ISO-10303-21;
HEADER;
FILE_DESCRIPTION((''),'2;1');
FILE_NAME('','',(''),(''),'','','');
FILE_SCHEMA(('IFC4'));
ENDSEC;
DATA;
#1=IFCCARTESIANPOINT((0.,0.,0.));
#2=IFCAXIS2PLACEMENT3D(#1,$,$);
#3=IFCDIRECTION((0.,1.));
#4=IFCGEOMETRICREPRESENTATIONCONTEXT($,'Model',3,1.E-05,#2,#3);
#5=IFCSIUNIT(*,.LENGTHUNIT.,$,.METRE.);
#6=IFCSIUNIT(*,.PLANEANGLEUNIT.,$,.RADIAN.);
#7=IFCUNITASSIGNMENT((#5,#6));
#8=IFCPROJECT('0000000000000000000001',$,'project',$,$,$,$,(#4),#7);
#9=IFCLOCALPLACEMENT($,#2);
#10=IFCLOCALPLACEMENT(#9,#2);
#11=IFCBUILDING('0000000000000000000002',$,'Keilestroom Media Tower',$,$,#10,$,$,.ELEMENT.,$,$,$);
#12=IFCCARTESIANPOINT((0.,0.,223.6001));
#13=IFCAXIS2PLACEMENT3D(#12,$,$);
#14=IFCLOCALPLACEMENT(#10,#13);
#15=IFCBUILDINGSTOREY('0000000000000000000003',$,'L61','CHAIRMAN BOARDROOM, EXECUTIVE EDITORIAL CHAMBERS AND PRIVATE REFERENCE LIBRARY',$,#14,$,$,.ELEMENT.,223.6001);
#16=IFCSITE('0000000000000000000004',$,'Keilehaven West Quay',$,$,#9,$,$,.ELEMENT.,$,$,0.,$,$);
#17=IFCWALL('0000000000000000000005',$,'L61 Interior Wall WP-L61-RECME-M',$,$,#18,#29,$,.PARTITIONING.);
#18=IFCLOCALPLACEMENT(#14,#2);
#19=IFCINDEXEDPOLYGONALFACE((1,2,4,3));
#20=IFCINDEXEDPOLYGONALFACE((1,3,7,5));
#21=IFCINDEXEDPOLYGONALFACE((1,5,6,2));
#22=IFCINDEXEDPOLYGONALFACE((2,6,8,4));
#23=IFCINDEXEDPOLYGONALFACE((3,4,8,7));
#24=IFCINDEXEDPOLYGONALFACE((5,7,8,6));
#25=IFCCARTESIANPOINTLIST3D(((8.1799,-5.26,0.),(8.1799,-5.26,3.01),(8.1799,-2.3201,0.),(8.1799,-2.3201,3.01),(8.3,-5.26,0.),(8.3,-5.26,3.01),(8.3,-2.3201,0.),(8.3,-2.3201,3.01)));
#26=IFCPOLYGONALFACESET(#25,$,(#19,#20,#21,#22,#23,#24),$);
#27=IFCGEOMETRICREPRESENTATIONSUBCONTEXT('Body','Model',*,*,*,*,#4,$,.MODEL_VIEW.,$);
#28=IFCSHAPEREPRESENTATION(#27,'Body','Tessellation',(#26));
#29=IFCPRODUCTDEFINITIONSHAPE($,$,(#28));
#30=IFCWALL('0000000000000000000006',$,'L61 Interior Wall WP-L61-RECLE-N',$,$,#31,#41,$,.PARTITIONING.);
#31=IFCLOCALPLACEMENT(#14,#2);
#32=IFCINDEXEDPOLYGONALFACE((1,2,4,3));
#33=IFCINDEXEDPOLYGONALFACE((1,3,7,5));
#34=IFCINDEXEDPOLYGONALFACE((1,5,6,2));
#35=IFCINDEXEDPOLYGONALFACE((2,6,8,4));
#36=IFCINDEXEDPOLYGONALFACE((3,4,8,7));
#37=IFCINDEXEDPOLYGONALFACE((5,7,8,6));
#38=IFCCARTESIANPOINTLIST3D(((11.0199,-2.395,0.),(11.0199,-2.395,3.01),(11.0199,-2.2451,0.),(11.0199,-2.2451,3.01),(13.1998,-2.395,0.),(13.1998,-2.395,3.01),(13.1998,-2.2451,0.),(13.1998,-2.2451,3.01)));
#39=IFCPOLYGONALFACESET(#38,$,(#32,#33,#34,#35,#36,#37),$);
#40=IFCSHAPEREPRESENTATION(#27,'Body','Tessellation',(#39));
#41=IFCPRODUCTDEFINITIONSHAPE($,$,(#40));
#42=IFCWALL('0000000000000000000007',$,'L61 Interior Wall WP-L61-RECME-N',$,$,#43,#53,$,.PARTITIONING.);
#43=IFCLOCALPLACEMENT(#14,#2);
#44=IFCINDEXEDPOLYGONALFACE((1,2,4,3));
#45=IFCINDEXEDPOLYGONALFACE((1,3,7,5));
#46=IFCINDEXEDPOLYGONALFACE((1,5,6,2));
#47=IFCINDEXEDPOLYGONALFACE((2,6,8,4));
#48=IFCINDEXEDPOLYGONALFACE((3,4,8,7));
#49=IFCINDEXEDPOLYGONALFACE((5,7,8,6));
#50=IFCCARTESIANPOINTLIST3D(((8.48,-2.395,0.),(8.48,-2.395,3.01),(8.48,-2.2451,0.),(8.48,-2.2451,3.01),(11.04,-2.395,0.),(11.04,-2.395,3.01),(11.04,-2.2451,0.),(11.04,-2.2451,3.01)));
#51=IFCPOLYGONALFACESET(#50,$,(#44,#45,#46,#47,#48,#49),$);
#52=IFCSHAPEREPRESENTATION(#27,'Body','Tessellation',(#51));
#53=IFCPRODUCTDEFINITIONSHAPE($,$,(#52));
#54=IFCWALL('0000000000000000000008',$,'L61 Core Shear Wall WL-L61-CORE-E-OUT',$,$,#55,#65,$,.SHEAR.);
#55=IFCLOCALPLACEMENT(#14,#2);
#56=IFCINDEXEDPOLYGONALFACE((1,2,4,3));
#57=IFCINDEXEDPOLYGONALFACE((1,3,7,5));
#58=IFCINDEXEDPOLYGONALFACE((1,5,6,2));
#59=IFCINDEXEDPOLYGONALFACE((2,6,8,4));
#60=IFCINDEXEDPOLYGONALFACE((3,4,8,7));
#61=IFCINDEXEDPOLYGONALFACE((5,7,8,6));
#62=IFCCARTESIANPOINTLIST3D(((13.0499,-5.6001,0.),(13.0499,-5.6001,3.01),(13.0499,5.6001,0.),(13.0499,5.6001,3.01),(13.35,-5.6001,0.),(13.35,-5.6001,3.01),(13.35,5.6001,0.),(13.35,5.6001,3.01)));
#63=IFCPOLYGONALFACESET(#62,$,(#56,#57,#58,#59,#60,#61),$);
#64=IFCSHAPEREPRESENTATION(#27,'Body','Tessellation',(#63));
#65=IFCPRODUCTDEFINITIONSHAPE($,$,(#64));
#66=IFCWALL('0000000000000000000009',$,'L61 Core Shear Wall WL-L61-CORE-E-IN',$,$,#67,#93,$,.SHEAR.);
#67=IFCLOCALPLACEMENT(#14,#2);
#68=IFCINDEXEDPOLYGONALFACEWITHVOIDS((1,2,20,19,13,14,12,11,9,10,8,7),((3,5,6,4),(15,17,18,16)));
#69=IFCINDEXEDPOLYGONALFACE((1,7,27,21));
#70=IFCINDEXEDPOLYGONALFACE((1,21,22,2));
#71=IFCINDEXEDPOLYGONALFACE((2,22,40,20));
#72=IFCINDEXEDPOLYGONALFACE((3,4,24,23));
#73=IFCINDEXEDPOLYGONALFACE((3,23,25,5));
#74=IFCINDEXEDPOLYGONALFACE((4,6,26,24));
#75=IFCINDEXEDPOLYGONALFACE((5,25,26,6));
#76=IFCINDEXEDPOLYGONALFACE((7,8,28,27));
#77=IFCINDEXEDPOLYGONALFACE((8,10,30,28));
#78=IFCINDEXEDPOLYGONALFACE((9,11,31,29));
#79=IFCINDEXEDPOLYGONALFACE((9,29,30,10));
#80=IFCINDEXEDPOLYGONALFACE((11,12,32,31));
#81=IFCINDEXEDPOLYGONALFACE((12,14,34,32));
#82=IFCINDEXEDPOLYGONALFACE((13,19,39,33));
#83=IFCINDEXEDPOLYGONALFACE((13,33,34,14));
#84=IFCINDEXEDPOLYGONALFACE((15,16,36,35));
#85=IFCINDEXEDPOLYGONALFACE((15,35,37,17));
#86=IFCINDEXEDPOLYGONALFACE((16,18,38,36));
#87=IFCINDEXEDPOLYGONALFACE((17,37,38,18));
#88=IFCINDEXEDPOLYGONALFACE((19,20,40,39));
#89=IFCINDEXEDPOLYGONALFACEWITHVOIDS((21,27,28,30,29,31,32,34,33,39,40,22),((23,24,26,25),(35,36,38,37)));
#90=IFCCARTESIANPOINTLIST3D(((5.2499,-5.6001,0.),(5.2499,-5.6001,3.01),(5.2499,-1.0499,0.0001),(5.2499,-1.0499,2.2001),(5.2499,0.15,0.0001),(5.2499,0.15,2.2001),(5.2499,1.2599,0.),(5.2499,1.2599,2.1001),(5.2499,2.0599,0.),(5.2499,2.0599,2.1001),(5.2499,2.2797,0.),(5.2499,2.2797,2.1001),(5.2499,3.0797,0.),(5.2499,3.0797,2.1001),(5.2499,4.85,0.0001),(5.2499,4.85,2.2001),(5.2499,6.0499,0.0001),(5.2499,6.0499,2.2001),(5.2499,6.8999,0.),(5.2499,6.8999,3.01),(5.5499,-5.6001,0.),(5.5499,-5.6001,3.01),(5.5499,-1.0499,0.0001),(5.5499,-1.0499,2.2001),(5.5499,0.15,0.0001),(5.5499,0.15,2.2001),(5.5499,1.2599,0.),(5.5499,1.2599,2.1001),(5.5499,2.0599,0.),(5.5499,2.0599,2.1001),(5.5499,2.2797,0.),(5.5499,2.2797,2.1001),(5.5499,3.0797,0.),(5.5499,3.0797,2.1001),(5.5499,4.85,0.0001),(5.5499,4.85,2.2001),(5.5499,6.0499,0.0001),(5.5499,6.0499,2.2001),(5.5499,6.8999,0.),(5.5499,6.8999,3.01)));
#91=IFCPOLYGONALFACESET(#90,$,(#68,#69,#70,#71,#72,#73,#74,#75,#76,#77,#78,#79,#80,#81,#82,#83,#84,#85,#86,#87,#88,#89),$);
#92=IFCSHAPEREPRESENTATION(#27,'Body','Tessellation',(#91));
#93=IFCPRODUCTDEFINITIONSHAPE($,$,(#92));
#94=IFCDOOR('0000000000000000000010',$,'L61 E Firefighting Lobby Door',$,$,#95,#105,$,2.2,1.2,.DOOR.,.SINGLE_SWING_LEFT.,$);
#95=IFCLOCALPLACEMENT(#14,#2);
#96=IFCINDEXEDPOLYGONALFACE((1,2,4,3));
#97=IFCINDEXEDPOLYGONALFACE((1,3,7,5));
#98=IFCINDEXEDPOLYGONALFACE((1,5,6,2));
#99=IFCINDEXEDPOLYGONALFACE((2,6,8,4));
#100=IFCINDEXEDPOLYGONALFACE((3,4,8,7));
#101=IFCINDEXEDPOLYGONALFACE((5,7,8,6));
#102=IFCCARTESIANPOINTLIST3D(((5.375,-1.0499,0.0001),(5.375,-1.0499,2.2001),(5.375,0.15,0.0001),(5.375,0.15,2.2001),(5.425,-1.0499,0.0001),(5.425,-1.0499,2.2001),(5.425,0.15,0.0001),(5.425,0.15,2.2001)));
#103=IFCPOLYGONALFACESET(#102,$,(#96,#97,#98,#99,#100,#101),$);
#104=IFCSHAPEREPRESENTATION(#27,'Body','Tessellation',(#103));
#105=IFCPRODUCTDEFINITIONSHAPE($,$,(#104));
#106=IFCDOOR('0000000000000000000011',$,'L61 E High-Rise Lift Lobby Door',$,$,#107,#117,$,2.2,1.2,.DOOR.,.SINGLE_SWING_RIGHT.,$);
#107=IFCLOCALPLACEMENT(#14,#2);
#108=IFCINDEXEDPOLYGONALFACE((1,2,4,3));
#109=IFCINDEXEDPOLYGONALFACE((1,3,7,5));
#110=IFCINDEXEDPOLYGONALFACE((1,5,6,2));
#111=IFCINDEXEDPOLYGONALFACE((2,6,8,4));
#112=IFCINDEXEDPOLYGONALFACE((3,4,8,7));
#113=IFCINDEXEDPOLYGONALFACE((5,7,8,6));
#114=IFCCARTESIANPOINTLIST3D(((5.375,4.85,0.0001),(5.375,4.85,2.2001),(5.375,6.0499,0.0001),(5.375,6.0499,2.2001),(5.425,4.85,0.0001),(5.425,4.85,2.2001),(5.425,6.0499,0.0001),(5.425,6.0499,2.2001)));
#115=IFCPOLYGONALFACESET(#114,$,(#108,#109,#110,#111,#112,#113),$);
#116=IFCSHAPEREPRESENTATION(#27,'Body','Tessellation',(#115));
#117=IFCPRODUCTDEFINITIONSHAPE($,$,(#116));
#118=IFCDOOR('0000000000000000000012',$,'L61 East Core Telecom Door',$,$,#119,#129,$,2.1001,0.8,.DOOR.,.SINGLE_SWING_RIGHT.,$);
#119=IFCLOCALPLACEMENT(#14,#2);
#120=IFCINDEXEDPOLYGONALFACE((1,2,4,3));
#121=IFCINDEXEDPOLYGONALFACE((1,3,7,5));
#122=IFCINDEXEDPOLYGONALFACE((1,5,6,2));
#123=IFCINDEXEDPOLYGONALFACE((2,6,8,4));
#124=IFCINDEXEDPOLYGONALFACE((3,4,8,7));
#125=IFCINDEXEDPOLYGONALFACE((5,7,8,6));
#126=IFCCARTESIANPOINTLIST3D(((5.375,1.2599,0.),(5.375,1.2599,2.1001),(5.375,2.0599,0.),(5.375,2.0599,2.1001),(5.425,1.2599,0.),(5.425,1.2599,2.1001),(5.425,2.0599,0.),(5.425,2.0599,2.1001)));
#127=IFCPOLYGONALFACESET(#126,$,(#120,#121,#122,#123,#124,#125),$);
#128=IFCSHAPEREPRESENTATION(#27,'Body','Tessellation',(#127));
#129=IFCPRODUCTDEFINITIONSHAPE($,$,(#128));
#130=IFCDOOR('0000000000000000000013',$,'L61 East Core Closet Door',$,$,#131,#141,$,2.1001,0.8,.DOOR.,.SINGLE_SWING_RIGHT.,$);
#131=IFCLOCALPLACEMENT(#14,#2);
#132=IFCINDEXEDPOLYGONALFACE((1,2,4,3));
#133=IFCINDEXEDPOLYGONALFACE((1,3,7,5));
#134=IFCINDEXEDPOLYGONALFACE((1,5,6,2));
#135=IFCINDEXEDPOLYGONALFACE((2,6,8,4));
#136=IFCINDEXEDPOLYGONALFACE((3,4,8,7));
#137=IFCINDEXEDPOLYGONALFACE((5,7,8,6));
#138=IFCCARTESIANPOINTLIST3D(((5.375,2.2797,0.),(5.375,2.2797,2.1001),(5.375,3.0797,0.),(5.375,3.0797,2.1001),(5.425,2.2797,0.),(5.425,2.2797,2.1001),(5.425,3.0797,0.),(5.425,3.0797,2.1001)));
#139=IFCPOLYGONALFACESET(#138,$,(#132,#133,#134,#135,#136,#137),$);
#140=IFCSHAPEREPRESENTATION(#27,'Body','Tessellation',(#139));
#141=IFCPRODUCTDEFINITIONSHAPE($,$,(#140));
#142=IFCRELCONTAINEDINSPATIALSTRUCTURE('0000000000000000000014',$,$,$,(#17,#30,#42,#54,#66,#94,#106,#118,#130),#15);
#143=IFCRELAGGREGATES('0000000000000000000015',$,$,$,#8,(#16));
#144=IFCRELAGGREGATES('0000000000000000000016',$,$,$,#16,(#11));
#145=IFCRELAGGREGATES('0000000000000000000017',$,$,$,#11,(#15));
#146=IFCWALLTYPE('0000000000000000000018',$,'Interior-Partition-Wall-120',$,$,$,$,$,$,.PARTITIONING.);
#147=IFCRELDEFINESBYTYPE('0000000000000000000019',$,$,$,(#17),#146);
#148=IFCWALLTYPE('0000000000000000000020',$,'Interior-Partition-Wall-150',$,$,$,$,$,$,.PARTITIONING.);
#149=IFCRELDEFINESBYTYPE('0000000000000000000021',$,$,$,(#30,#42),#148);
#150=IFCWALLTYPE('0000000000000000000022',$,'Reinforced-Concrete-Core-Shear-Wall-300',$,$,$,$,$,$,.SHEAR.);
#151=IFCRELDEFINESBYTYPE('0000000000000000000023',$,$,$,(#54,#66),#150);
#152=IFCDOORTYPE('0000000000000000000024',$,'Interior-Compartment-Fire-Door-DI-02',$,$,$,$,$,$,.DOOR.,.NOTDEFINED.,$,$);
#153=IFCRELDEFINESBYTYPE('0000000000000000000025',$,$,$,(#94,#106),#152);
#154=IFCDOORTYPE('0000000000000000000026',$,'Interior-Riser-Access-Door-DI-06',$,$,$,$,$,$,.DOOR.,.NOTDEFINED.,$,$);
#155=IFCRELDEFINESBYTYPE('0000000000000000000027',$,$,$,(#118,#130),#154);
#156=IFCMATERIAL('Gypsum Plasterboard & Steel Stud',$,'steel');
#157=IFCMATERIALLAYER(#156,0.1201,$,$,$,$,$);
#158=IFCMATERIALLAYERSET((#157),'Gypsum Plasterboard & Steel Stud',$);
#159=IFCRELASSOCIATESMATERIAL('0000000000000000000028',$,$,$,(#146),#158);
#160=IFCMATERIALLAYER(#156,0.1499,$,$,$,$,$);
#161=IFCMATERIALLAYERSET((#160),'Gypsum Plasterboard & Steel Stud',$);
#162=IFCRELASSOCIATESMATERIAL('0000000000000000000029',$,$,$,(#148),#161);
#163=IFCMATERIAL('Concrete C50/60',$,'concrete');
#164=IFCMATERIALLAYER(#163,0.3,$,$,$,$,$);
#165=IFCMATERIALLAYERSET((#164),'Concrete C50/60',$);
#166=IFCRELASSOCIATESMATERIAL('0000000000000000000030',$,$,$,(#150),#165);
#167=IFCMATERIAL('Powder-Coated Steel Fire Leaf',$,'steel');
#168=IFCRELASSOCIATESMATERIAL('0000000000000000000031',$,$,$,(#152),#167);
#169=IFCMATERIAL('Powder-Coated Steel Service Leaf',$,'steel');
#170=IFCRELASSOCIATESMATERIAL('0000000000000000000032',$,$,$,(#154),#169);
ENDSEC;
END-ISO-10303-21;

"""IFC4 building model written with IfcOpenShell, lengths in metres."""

from ifc_helpers import new_model, si_unit, direction, frame, frame_2d, origin, place, context, subcontext, project, spatial, rectangle, extrude, source, transform, mapped, material, layer, layer_set, type_object, element, fill, save


model = new_model("IFC4")

# Units and contexts
model_context = context("Model", 3, precision=1e-05, world=origin(), true_north=direction((0.0, 1.0)))
body_context = subcontext(model_context, "Body", "Model", "MODEL_VIEW")
ifc_project = project(units=[si_unit("LENGTHUNIT", "METRE"), si_unit("PLANEANGLEUNIT", "RADIAN")], contexts=[model_context])

# Site, building, storey
site_placement = place(None, origin())
site = spatial("IfcSite", under=ifc_project, at=site_placement, Name="Keilehaven West Quay", CompositionType="ELEMENT", RefElevation=0.0)
building_placement = place(site_placement, origin())
building = spatial("IfcBuilding", under=site, at=building_placement, Name="Keilestroom Media Tower", CompositionType="ELEMENT")
storey_placement = place(building_placement, frame((0.0, 0.0, 223.6001)))
storey = spatial("IfcBuildingStorey", under=building, at=storey_placement, Name="L61", Description="CHAIRMAN BOARDROOM, EXECUTIVE EDITORIAL CHAMBERS AND PRIVATE REFERENCE LIBRARY", CompositionType="ELEMENT", Elevation=223.6001)

# Shared definitions
ifc_material_1 = material(Name="Concrete C50/60", Category="concrete")

# Walls
ifc_material_2 = material(Name="Gypsum Plasterboard & Steel Stud", Category="steel")
ifc_layer_1 = layer(ifc_material_2, 0.1201)
ifc_layer_set_1 = layer_set([ifc_layer_1], Name="Gypsum Plasterboard & Steel Stud")
wall_type_1 = type_object("IfcWallType", Name="Interior-Partition-Wall-120", PredefinedType="PARTITIONING", material=ifc_layer_set_1)
wall_1_placement = place(storey_placement, frame((8.24, -5.26, 0.0), z_axis=(0.0, 0.0, 1.0), x_axis=(0.0, 1.0, 0.0)))
element("IfcWall", 1, at=wall_1_placement, inside=storey, type_object=wall_type_1, Name="L61 Interior Wall WP-L61-RECME-M", PredefinedType="PARTITIONING", context=body_context, shape_type="SweptSolid", body=[
    extrude(rectangle(XDim=2.9399, YDim=0.1201, at=frame_2d((1.47, 0.0))), origin(), (0.0, 0.0, 1.0), 3.01),
])
ifc_layer_2 = layer(ifc_material_2, 0.1499)
ifc_layer_set_2 = layer_set([ifc_layer_2], Name="Gypsum Plasterboard & Steel Stud")
wall_type_2 = type_object("IfcWallType", Name="Interior-Partition-Wall-150", PredefinedType="PARTITIONING", material=ifc_layer_set_2)
wall_2_placement = place(storey_placement, frame((11.02, -2.3201, 0.0), z_axis=(0.0, 0.0, 1.0), x_axis=(1.0, 0.0, 0.0)))
element("IfcWall", 2, at=wall_2_placement, inside=storey, type_object=wall_type_2, Name="L61 Interior Wall WP-L61-RECLE-N", PredefinedType="PARTITIONING", context=body_context, shape_type="SweptSolid", body=[
    extrude(rectangle(XDim=2.1799, YDim=0.1499, at=frame_2d((1.0898, 0.0))), origin(), (0.0, 0.0, 1.0), 3.01),
])
wall_3_placement = place(storey_placement, frame((8.48, -2.3201, 0.0), z_axis=(0.0, 0.0, 1.0), x_axis=(1.0, 0.0, 0.0)))
element("IfcWall", 3, at=wall_3_placement, inside=storey, type_object=wall_type_2, Name="L61 Interior Wall WP-L61-RECME-N", PredefinedType="PARTITIONING", context=body_context, shape_type="SweptSolid", body=[
    extrude(rectangle(XDim=2.5601, YDim=0.1499, at=frame_2d((1.28, 0.0))), origin(), (0.0, 0.0, 1.0), 3.01),
])
ifc_layer_3 = layer(ifc_material_1, 0.3)
ifc_layer_set_3 = layer_set([ifc_layer_3], Name="Concrete C50/60")
wall_type_3 = type_object("IfcWallType", Name="Reinforced-Concrete-Core-Shear-Wall-300", PredefinedType="SHEAR", material=ifc_layer_set_3)
wall_4_placement = place(storey_placement, frame((13.2, -5.6001, 0.0), z_axis=(0.0, 0.0, 1.0), x_axis=(0.0, 1.0, 0.0)))
element("IfcWall", 4, at=wall_4_placement, inside=storey, type_object=wall_type_3, Name="L61 Core Shear Wall WL-L61-CORE-E-OUT", PredefinedType="SHEAR", context=body_context, shape_type="SweptSolid", body=[
    extrude(rectangle(XDim=11.2002, YDim=0.3, at=frame_2d((5.6001, 0.0))), origin(), (0.0, 0.0, 1.0), 3.01),
])

# Wall, openings, doors
wall_5_placement = place(storey_placement, frame((5.3999, -5.6001, 0.0), z_axis=(0.0, 0.0, 1.0), x_axis=(0.0, 1.0, 0.0)))
wall_5 = element("IfcWall", 5, at=wall_5_placement, inside=storey, type_object=wall_type_3, Name="L61 Core Shear Wall WL-L61-CORE-E-IN", PredefinedType="SHEAR", context=body_context, shape_type="SweptSolid", body=[
    extrude(rectangle(XDim=12.5, YDim=0.3, at=frame_2d((6.25, 0.0))), origin(), (0.0, 0.0, 1.0), 3.01),
])
opening_1_placement = place(wall_5_placement, frame((4.55, 0.0, 0.0)))
opening_1 = element("IfcOpeningElement", 6, at=opening_1_placement, cuts=wall_5, PredefinedType="OPENING", context=body_context, shape_type="SweptSolid", body=[
    extrude(rectangle(XDim=1.2, YDim=2.2, at=frame_2d((0.6001, 1.1001))), frame((0.0, 0.1602, 0.0), z_axis=(0.0, -1.0, 0.0), x_axis=(1.0, 0.0, 0.0)), (0.0, 0.0, 1.0), 0.3201),
])
opening_2_placement = place(wall_5_placement, frame((10.45, 0.0, 0.0)))
opening_2 = element("IfcOpeningElement", 7, at=opening_2_placement, cuts=wall_5, PredefinedType="OPENING", context=body_context, shape_type="SweptSolid", body=[
    extrude(rectangle(XDim=1.2, YDim=2.2, at=frame_2d((0.6001, 1.1001))), frame((0.0, 0.1602, 0.0), z_axis=(0.0, -1.0, 0.0), x_axis=(1.0, 0.0, 0.0)), (0.0, 0.0, 1.0), 0.3201),
])
opening_3_placement = place(wall_5_placement, frame((6.8601, 0.0, 0.0)))
opening_3 = element("IfcOpeningElement", 8, at=opening_3_placement, cuts=wall_5, PredefinedType="OPENING", context=body_context, shape_type="SweptSolid", body=[
    extrude(rectangle(XDim=0.8, YDim=2.1001, at=frame_2d((0.3999, 1.05))), frame((0.0, 0.1602, 0.0), z_axis=(0.0, -1.0, 0.0), x_axis=(1.0, 0.0, 0.0)), (0.0, 0.0, 1.0), 0.3201),
])
opening_4_placement = place(wall_5_placement, frame((7.8799, 0.0, 0.0)))
opening_4 = element("IfcOpeningElement", 9, at=opening_4_placement, cuts=wall_5, PredefinedType="OPENING", context=body_context, shape_type="SweptSolid", body=[
    extrude(rectangle(XDim=0.8, YDim=2.1001, at=frame_2d((0.3999, 1.05))), frame((0.0, 0.1602, 0.0), z_axis=(0.0, -1.0, 0.0), x_axis=(1.0, 0.0, 0.0)), (0.0, 0.0, 1.0), 0.3201),
])
ifc_material_3 = material(Name="Powder-Coated Steel Fire Leaf", Category="steel")
door_type_1 = type_object("IfcDoorType", Name="Interior-Compartment-Fire-Door-DI-02", OperationType="NOTDEFINED", PredefinedType="DOOR", material=ifc_material_3)
shared_shape_1 = source(origin(), body_context, "Body", "SweptSolid", [
    extrude(rectangle(XDim=1.2, YDim=2.2, at=frame_2d((0.6001, 1.1001))), frame((0.0, 0.0249, 0.0), z_axis=(0.0, -1.0, 0.0), x_axis=(1.0, 0.0, 0.0)), (0.0, 0.0, 1.0), 0.05),
])
door_1_placement = place(opening_1_placement, origin())
door_1 = element("IfcDoor", 10, at=door_1_placement, inside=storey, type_object=door_type_1, Name="L61 E Firefighting Lobby Door", OperationType="SINGLE_SWING_LEFT", OverallHeight=2.2, OverallWidth=1.2, PredefinedType="DOOR", context=body_context, shape_type="MappedRepresentation", body=[
    mapped(shared_shape_1, transform((0.0, 0.0, 0.0), x_axis=(1.0, 0.0, 0.0), y_axis=(0.0, 1.0, 0.0), z_axis=(0.0, 0.0, 1.0), scale=1.0)),
])
fill(opening_1, door_1)
door_2_placement = place(opening_2_placement, origin())
door_2 = element("IfcDoor", 11, at=door_2_placement, inside=storey, type_object=door_type_1, Name="L61 E High-Rise Lift Lobby Door", OperationType="SINGLE_SWING_RIGHT", OverallHeight=2.2, OverallWidth=1.2, PredefinedType="DOOR", context=body_context, shape_type="MappedRepresentation", body=[
    mapped(shared_shape_1, transform((0.0, 0.0, 0.0), x_axis=(1.0, 0.0, 0.0), y_axis=(0.0, 1.0, 0.0), z_axis=(0.0, 0.0, 1.0), scale=1.0)),
])
fill(opening_2, door_2)
ifc_material_4 = material(Name="Powder-Coated Steel Service Leaf", Category="steel")
door_type_2 = type_object("IfcDoorType", Name="Interior-Riser-Access-Door-DI-06", OperationType="NOTDEFINED", PredefinedType="DOOR", material=ifc_material_4)
shared_shape_2 = source(origin(), body_context, "Body", "SweptSolid", [
    extrude(rectangle(XDim=0.8, YDim=2.1001, at=frame_2d((0.3999, 1.05))), frame((0.0, 0.0249, 0.0), z_axis=(0.0, -1.0, 0.0), x_axis=(1.0, 0.0, 0.0)), (0.0, 0.0, 1.0), 0.05),
])
door_3_placement = place(opening_3_placement, origin())
door_3 = element("IfcDoor", 12, at=door_3_placement, inside=storey, type_object=door_type_2, Name="L61 East Core Telecom Door", OperationType="SINGLE_SWING_RIGHT", OverallHeight=2.1001, OverallWidth=0.8, PredefinedType="DOOR", context=body_context, shape_type="MappedRepresentation", body=[
    mapped(shared_shape_2, transform((0.0, 0.0, 0.0), x_axis=(1.0, 0.0, 0.0), y_axis=(0.0, 1.0, 0.0), z_axis=(0.0, 0.0, 1.0), scale=1.0)),
])
fill(opening_3, door_3)
door_4_placement = place(opening_4_placement, origin())
door_4 = element("IfcDoor", 13, at=door_4_placement, inside=storey, type_object=door_type_2, Name="L61 East Core Closet Door", OperationType="SINGLE_SWING_RIGHT", OverallHeight=2.1001, OverallWidth=0.8, PredefinedType="DOOR", context=body_context, shape_type="MappedRepresentation", body=[
    mapped(shared_shape_2, transform((0.0, 0.0, 0.0), x_axis=(1.0, 0.0, 0.0), y_axis=(0.0, 1.0, 0.0), z_axis=(0.0, 0.0, 1.0), scale=1.0)),
])
fill(opening_4, door_4)

save(model, "model.ifc")
